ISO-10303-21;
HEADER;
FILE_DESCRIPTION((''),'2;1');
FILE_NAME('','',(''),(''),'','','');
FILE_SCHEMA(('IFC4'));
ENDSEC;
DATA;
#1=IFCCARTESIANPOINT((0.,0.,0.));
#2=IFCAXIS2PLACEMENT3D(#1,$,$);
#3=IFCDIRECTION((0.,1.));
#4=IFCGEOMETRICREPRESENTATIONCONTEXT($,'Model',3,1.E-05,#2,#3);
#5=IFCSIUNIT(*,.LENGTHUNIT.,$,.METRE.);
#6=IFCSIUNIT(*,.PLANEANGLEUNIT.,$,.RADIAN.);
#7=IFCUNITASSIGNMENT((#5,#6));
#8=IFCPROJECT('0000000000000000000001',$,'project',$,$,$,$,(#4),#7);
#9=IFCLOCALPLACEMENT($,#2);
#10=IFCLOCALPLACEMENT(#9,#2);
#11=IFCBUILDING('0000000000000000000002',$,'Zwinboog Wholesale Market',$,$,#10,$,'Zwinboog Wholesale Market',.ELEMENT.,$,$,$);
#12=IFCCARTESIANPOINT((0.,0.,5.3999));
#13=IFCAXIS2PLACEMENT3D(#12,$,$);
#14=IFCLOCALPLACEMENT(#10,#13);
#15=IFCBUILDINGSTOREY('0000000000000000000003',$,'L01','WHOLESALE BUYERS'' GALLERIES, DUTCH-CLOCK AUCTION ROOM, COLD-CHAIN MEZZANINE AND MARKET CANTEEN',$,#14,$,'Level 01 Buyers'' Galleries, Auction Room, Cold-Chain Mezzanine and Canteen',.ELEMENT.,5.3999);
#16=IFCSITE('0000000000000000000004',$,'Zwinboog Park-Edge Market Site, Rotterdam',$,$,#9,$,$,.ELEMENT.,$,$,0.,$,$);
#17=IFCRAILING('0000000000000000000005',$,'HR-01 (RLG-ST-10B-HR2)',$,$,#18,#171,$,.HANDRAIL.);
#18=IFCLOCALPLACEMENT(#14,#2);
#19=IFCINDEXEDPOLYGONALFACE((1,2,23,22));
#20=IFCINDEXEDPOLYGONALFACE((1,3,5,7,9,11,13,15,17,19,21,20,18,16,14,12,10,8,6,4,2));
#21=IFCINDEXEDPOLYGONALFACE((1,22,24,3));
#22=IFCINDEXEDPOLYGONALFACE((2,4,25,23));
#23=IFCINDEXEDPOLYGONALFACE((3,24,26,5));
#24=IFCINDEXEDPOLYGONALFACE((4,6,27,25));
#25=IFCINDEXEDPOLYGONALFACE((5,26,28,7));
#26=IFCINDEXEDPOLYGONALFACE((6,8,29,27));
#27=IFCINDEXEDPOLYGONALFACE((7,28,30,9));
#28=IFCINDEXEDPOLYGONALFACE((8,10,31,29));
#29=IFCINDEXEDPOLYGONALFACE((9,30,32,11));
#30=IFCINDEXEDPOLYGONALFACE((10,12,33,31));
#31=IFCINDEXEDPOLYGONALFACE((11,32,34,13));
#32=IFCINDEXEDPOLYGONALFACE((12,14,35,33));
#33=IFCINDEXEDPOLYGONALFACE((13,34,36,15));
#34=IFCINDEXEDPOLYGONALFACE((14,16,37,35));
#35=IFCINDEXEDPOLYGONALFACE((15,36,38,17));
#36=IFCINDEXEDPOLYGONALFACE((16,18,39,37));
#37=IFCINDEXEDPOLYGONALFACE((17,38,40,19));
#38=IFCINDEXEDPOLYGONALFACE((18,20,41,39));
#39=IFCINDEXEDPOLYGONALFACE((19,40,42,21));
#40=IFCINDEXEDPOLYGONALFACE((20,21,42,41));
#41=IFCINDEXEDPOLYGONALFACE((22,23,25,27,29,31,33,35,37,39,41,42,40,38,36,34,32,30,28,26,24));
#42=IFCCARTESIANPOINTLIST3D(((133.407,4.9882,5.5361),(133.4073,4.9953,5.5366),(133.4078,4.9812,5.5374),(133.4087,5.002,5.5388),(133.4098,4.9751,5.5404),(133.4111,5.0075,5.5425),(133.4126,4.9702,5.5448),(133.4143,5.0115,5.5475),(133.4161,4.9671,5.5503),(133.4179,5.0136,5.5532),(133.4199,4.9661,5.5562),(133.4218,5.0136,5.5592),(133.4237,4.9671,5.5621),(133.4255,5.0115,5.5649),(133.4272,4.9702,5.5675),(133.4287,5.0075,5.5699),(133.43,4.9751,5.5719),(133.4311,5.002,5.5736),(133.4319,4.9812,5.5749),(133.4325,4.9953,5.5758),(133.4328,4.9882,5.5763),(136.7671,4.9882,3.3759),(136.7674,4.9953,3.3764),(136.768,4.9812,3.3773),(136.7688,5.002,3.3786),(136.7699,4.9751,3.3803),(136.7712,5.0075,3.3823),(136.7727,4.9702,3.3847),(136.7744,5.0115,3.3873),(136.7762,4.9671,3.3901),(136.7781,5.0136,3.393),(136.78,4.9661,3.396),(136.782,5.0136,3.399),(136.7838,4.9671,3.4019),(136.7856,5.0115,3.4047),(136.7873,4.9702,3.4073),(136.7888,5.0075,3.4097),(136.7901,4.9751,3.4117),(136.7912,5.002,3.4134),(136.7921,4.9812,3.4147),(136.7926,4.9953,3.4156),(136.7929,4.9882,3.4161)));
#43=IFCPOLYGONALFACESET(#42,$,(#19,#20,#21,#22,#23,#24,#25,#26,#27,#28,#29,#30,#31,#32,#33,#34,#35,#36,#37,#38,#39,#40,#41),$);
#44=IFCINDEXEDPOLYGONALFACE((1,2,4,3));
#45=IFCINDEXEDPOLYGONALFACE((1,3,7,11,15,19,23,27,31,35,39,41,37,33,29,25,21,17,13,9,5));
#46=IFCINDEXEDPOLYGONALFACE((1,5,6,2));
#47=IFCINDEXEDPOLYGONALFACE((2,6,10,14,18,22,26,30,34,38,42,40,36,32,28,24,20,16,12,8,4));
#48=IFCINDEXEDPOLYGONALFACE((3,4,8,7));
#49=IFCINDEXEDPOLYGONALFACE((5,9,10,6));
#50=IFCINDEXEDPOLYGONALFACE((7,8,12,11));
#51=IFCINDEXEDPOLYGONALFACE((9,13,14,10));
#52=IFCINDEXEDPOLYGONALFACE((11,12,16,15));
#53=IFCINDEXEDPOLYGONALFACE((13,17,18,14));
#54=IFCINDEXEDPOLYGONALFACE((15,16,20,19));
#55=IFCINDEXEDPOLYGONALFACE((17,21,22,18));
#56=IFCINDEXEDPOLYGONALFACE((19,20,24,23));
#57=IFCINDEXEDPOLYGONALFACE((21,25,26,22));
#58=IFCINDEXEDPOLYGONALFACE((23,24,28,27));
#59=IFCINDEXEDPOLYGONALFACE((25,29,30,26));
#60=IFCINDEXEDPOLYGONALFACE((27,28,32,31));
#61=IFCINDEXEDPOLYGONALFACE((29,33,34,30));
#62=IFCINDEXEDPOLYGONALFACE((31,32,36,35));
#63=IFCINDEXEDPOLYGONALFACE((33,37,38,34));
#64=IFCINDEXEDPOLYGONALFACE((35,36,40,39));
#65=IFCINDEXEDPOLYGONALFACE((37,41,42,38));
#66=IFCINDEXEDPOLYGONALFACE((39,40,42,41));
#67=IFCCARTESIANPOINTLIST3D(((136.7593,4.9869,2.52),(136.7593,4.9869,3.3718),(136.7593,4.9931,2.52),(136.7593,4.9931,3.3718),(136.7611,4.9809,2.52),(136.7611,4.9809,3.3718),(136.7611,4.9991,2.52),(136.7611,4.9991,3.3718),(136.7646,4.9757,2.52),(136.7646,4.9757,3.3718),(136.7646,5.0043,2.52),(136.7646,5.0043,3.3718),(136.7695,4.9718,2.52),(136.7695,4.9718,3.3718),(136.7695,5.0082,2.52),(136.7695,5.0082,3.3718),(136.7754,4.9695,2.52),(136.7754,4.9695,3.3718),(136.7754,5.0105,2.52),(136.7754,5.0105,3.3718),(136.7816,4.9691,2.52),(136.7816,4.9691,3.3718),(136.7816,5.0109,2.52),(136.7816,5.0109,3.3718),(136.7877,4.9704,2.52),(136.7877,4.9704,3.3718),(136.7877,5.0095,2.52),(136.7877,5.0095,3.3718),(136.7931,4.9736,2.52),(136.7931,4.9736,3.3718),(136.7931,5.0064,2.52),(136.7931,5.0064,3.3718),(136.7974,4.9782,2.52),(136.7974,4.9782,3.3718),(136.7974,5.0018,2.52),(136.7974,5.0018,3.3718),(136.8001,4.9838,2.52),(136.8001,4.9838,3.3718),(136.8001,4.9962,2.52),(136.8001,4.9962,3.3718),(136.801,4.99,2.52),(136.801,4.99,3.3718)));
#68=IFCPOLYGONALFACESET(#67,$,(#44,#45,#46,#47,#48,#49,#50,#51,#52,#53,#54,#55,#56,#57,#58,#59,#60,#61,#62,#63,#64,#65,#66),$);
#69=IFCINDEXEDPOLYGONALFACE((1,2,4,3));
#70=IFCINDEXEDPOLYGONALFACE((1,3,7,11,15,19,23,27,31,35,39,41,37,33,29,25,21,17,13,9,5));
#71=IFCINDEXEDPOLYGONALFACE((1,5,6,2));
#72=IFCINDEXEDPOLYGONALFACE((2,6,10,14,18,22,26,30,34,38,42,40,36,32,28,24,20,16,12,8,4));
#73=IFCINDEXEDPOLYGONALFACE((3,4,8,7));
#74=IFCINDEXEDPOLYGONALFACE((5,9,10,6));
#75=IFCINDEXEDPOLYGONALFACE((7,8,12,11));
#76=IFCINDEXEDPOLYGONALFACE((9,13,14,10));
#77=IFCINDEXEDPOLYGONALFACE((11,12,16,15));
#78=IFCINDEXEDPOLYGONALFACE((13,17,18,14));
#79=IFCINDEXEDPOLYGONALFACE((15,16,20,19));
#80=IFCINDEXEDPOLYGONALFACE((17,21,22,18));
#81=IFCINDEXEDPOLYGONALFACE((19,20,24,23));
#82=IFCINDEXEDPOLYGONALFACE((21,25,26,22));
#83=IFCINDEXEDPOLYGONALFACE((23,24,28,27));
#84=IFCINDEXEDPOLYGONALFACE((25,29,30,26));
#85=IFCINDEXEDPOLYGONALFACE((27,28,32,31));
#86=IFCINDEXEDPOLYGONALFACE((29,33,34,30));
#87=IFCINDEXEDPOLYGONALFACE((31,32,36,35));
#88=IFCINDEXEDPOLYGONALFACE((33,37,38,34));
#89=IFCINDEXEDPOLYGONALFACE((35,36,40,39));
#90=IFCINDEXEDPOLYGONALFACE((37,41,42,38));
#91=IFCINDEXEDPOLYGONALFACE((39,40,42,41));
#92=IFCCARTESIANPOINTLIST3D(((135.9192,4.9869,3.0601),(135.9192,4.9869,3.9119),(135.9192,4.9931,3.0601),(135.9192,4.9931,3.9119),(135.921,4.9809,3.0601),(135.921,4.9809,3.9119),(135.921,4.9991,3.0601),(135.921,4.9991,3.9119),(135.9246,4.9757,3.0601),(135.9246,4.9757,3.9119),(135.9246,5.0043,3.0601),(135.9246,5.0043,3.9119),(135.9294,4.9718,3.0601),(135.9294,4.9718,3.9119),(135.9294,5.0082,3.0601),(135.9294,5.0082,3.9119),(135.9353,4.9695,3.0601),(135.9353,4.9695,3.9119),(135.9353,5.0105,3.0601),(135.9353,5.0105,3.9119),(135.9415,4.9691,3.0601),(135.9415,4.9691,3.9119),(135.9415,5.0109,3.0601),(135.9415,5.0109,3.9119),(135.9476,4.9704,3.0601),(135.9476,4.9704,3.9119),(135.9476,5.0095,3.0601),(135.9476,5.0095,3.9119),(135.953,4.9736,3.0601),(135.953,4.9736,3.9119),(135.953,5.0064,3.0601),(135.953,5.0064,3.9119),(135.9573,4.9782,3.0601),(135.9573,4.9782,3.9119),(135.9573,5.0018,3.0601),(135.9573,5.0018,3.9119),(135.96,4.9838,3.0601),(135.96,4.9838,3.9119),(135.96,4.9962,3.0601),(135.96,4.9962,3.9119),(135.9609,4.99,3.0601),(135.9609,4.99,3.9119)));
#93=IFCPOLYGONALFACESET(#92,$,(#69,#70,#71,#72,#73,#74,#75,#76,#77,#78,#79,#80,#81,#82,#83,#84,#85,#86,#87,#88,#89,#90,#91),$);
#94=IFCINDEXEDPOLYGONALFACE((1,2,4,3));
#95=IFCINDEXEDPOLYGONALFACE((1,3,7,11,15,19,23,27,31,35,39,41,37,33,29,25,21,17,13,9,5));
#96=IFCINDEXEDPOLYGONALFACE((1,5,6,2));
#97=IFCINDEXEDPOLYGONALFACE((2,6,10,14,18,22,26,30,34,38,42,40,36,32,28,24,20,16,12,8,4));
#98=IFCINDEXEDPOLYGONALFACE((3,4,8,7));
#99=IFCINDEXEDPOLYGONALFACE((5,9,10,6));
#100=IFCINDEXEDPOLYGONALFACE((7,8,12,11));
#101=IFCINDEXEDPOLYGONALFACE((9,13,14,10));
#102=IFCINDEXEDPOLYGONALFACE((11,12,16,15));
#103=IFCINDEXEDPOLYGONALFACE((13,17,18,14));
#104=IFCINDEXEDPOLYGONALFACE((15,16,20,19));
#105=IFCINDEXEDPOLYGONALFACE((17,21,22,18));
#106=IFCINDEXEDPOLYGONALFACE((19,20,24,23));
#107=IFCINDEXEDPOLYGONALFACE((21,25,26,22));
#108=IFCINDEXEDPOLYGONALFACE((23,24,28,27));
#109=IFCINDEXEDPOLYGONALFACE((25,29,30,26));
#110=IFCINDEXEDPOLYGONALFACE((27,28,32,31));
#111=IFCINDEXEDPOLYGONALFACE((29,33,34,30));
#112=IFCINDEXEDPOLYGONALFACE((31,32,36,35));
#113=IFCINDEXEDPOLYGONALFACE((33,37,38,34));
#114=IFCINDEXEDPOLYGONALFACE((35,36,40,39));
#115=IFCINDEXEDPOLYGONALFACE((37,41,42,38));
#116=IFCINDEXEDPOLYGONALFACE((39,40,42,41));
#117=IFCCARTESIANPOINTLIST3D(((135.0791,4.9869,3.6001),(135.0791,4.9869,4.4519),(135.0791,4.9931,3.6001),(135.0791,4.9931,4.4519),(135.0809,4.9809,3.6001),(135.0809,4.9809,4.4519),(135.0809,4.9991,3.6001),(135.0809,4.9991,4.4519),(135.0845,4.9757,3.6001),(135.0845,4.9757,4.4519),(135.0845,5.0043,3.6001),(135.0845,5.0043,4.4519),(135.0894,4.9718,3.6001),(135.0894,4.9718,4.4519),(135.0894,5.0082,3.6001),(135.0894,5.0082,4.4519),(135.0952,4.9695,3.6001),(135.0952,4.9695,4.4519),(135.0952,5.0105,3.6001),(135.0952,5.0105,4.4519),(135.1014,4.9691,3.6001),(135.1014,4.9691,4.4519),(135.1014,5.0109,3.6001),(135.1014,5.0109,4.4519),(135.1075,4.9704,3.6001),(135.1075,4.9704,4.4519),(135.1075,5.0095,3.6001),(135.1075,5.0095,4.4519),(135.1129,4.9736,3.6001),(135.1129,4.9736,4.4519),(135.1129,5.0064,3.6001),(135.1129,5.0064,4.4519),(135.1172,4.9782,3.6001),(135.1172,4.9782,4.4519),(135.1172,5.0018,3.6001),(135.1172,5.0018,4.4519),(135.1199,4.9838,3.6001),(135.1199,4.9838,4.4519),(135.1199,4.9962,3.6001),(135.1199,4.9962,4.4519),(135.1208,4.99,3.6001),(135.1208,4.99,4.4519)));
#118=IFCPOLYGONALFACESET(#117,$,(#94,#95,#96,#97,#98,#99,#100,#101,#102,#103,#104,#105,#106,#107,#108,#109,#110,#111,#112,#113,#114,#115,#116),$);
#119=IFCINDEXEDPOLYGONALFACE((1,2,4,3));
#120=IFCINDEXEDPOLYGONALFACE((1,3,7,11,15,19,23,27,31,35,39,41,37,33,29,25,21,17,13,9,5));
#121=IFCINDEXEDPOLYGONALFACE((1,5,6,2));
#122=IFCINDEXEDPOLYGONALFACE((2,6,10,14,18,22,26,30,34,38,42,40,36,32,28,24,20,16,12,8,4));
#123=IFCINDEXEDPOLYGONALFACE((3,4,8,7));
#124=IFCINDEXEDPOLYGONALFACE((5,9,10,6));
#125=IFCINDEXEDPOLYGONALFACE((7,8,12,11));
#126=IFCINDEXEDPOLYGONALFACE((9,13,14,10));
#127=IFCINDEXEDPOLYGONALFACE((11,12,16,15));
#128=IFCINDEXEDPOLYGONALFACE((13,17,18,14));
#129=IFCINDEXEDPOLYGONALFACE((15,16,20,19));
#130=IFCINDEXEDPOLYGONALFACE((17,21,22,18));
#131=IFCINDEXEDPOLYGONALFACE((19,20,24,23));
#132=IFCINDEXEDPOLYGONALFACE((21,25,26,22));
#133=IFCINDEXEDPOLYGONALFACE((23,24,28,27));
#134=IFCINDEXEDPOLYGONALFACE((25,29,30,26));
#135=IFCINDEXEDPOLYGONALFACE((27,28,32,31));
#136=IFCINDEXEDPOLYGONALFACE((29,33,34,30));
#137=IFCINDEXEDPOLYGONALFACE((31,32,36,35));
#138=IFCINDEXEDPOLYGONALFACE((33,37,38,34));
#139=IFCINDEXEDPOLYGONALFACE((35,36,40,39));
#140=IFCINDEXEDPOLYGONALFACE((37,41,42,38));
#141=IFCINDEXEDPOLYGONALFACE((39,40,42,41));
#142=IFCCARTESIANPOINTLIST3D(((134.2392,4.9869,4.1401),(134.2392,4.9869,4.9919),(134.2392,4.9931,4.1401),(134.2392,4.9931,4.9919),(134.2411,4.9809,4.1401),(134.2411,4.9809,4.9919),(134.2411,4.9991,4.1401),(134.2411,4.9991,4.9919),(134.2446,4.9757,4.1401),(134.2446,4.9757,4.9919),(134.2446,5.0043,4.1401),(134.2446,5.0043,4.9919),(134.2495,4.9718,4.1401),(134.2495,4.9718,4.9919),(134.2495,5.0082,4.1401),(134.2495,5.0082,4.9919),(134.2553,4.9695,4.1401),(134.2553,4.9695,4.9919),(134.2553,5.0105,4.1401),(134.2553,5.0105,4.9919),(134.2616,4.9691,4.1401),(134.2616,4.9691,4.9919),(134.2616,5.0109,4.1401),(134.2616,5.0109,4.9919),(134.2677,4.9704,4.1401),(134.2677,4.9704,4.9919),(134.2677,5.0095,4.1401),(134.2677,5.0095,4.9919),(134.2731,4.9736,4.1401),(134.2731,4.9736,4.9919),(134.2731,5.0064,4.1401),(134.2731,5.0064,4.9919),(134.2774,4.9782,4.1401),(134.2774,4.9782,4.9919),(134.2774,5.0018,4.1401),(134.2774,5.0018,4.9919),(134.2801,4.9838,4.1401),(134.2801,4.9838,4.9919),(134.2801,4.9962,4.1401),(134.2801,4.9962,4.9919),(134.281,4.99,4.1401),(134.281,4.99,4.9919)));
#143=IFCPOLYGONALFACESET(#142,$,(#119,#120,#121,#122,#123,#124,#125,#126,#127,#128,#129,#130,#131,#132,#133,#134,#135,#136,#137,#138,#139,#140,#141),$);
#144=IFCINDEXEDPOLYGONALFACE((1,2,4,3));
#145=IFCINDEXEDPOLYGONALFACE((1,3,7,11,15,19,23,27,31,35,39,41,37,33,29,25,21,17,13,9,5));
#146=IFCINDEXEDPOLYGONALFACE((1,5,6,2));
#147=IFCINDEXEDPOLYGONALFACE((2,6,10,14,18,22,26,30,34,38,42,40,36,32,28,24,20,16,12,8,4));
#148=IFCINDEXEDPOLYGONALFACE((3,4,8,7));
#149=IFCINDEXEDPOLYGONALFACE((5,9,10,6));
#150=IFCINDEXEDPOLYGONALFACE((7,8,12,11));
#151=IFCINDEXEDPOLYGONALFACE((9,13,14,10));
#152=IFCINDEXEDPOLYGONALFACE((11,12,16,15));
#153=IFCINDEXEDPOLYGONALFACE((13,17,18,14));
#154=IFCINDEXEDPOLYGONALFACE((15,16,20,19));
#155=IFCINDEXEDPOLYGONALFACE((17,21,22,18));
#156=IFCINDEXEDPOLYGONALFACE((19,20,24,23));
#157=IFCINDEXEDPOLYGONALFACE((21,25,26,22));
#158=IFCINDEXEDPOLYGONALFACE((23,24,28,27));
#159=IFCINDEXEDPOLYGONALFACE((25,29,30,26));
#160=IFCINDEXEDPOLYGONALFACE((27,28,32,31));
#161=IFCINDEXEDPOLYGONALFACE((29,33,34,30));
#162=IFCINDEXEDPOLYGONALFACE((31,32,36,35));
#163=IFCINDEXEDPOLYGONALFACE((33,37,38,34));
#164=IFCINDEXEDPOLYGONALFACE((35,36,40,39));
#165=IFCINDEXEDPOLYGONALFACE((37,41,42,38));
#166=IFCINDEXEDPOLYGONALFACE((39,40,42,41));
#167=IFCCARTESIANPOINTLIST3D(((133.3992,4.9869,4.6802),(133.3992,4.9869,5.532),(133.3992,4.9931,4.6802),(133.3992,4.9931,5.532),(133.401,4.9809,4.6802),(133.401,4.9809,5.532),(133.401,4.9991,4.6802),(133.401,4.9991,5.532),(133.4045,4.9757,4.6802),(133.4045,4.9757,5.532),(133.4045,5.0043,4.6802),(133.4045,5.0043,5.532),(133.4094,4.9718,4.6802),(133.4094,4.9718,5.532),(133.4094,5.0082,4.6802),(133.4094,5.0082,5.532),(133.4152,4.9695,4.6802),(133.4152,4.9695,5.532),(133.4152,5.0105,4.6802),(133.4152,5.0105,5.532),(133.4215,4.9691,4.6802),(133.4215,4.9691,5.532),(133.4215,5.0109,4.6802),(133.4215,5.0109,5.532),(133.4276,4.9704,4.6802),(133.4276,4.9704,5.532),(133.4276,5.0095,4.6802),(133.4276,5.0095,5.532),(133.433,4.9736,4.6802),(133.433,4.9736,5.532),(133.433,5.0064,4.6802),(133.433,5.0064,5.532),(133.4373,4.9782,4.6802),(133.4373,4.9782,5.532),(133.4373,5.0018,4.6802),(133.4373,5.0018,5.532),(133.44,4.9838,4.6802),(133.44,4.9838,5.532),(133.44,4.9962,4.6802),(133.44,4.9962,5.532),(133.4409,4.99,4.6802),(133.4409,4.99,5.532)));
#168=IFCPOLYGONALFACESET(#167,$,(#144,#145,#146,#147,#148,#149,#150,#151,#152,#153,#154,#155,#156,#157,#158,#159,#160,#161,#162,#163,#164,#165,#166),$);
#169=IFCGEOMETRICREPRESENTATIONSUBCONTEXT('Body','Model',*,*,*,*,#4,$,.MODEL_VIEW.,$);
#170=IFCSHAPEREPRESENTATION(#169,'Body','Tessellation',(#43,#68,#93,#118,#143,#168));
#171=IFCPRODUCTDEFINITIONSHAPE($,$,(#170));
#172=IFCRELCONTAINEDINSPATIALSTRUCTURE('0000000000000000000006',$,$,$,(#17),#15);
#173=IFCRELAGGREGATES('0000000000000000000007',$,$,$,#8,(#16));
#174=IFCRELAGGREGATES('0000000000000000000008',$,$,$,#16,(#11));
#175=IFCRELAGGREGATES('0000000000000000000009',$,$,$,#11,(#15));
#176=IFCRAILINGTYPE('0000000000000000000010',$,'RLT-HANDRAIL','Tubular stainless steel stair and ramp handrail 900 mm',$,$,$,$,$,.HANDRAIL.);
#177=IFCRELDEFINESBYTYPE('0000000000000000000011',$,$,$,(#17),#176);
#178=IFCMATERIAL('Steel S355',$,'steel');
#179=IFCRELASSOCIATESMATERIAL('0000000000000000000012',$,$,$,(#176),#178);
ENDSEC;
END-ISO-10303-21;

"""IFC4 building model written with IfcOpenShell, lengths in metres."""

from ifc_helpers import new_model, si_unit, direction, frame, origin, origin_2d, place, context, subcontext, project, spatial, circle, extrude, material, type_object, element, save


model = new_model("IFC4")

# Units and contexts
model_context = context("Model", 3, precision=1e-05, world=origin(), true_north=direction((0.0, 1.0)))
body_context = subcontext(model_context, "Body", "Model", "MODEL_VIEW")
ifc_project = project(units=[si_unit("LENGTHUNIT", "METRE"), si_unit("PLANEANGLEUNIT", "RADIAN")], contexts=[model_context])

# Site, building, storey
site_placement = place(None, origin())
site = spatial("IfcSite", under=ifc_project, at=site_placement, Name="Zwinboog Park-Edge Market Site, Rotterdam", CompositionType="ELEMENT", RefElevation=0.0)
building_placement = place(site_placement, origin())
building = spatial("IfcBuilding", under=site, at=building_placement, Name="Zwinboog Wholesale Market", LongName="Zwinboog Wholesale Market", CompositionType="ELEMENT")
storey_placement = place(building_placement, frame((0.0, 0.0, 5.3999)))
storey = spatial("IfcBuildingStorey", under=building, at=storey_placement, Name="L01", Description="WHOLESALE BUYERS' GALLERIES, DUTCH-CLOCK AUCTION ROOM, COLD-CHAIN MEZZANINE AND MARKET CANTEEN", LongName="Level 01 Buyers' Galleries, Auction Room, Cold-Chain Mezzanine and Canteen", CompositionType="ELEMENT", Elevation=5.3999)

# Shared definitions
ifc_material_1 = material(Name="Steel S355", Category="steel")

# Railing
railing_type_1 = type_object("IfcRailingType", Name="RLT-HANDRAIL", Description="Tubular stainless steel stair and ramp handrail 900 mm", PredefinedType="HANDRAIL", material=ifc_material_1)
railing_1_placement = place(storey_placement, frame((136.78, 4.99, 2.52)))
element("IfcRailing", 1, at=railing_1_placement, inside=storey, type_object=railing_type_1, Name="HR-01 (RLG-ST-10B-HR2)", PredefinedType="HANDRAIL", context=body_context, shape_type="SweptSolid", body=[
    extrude(circle(Radius=0.0239, at=origin_2d()), frame((0.0, 0.0, 0.876), z_axis=(-0.841169, 0.0, 0.540773), x_axis=(0.0, -1.0, 0.0)), (0.0, 0.0, 1.0), 3.9946),
    extrude(circle(Radius=0.021, at=origin_2d()), origin(), (0.0, 0.0, 1.0), 0.8518),
    extrude(circle(Radius=0.021, at=origin_2d()), frame((-0.8401, 0.0, 0.54)), (0.0, 0.0, 1.0), 0.8518),
    extrude(circle(Radius=0.021, at=origin_2d()), frame((-1.6802, 0.0, 1.0801)), (0.0, 0.0, 1.0), 0.8518),
    extrude(circle(Radius=0.021, at=origin_2d()), frame((-2.52, 0.0, 1.6201)), (0.0, 0.0, 1.0), 0.8518),
    extrude(circle(Radius=0.021, at=origin_2d()), frame((-3.3601, 0.0, 2.1602)), (0.0, 0.0, 1.0), 0.8518),
])

save(model, "model.ifc")
